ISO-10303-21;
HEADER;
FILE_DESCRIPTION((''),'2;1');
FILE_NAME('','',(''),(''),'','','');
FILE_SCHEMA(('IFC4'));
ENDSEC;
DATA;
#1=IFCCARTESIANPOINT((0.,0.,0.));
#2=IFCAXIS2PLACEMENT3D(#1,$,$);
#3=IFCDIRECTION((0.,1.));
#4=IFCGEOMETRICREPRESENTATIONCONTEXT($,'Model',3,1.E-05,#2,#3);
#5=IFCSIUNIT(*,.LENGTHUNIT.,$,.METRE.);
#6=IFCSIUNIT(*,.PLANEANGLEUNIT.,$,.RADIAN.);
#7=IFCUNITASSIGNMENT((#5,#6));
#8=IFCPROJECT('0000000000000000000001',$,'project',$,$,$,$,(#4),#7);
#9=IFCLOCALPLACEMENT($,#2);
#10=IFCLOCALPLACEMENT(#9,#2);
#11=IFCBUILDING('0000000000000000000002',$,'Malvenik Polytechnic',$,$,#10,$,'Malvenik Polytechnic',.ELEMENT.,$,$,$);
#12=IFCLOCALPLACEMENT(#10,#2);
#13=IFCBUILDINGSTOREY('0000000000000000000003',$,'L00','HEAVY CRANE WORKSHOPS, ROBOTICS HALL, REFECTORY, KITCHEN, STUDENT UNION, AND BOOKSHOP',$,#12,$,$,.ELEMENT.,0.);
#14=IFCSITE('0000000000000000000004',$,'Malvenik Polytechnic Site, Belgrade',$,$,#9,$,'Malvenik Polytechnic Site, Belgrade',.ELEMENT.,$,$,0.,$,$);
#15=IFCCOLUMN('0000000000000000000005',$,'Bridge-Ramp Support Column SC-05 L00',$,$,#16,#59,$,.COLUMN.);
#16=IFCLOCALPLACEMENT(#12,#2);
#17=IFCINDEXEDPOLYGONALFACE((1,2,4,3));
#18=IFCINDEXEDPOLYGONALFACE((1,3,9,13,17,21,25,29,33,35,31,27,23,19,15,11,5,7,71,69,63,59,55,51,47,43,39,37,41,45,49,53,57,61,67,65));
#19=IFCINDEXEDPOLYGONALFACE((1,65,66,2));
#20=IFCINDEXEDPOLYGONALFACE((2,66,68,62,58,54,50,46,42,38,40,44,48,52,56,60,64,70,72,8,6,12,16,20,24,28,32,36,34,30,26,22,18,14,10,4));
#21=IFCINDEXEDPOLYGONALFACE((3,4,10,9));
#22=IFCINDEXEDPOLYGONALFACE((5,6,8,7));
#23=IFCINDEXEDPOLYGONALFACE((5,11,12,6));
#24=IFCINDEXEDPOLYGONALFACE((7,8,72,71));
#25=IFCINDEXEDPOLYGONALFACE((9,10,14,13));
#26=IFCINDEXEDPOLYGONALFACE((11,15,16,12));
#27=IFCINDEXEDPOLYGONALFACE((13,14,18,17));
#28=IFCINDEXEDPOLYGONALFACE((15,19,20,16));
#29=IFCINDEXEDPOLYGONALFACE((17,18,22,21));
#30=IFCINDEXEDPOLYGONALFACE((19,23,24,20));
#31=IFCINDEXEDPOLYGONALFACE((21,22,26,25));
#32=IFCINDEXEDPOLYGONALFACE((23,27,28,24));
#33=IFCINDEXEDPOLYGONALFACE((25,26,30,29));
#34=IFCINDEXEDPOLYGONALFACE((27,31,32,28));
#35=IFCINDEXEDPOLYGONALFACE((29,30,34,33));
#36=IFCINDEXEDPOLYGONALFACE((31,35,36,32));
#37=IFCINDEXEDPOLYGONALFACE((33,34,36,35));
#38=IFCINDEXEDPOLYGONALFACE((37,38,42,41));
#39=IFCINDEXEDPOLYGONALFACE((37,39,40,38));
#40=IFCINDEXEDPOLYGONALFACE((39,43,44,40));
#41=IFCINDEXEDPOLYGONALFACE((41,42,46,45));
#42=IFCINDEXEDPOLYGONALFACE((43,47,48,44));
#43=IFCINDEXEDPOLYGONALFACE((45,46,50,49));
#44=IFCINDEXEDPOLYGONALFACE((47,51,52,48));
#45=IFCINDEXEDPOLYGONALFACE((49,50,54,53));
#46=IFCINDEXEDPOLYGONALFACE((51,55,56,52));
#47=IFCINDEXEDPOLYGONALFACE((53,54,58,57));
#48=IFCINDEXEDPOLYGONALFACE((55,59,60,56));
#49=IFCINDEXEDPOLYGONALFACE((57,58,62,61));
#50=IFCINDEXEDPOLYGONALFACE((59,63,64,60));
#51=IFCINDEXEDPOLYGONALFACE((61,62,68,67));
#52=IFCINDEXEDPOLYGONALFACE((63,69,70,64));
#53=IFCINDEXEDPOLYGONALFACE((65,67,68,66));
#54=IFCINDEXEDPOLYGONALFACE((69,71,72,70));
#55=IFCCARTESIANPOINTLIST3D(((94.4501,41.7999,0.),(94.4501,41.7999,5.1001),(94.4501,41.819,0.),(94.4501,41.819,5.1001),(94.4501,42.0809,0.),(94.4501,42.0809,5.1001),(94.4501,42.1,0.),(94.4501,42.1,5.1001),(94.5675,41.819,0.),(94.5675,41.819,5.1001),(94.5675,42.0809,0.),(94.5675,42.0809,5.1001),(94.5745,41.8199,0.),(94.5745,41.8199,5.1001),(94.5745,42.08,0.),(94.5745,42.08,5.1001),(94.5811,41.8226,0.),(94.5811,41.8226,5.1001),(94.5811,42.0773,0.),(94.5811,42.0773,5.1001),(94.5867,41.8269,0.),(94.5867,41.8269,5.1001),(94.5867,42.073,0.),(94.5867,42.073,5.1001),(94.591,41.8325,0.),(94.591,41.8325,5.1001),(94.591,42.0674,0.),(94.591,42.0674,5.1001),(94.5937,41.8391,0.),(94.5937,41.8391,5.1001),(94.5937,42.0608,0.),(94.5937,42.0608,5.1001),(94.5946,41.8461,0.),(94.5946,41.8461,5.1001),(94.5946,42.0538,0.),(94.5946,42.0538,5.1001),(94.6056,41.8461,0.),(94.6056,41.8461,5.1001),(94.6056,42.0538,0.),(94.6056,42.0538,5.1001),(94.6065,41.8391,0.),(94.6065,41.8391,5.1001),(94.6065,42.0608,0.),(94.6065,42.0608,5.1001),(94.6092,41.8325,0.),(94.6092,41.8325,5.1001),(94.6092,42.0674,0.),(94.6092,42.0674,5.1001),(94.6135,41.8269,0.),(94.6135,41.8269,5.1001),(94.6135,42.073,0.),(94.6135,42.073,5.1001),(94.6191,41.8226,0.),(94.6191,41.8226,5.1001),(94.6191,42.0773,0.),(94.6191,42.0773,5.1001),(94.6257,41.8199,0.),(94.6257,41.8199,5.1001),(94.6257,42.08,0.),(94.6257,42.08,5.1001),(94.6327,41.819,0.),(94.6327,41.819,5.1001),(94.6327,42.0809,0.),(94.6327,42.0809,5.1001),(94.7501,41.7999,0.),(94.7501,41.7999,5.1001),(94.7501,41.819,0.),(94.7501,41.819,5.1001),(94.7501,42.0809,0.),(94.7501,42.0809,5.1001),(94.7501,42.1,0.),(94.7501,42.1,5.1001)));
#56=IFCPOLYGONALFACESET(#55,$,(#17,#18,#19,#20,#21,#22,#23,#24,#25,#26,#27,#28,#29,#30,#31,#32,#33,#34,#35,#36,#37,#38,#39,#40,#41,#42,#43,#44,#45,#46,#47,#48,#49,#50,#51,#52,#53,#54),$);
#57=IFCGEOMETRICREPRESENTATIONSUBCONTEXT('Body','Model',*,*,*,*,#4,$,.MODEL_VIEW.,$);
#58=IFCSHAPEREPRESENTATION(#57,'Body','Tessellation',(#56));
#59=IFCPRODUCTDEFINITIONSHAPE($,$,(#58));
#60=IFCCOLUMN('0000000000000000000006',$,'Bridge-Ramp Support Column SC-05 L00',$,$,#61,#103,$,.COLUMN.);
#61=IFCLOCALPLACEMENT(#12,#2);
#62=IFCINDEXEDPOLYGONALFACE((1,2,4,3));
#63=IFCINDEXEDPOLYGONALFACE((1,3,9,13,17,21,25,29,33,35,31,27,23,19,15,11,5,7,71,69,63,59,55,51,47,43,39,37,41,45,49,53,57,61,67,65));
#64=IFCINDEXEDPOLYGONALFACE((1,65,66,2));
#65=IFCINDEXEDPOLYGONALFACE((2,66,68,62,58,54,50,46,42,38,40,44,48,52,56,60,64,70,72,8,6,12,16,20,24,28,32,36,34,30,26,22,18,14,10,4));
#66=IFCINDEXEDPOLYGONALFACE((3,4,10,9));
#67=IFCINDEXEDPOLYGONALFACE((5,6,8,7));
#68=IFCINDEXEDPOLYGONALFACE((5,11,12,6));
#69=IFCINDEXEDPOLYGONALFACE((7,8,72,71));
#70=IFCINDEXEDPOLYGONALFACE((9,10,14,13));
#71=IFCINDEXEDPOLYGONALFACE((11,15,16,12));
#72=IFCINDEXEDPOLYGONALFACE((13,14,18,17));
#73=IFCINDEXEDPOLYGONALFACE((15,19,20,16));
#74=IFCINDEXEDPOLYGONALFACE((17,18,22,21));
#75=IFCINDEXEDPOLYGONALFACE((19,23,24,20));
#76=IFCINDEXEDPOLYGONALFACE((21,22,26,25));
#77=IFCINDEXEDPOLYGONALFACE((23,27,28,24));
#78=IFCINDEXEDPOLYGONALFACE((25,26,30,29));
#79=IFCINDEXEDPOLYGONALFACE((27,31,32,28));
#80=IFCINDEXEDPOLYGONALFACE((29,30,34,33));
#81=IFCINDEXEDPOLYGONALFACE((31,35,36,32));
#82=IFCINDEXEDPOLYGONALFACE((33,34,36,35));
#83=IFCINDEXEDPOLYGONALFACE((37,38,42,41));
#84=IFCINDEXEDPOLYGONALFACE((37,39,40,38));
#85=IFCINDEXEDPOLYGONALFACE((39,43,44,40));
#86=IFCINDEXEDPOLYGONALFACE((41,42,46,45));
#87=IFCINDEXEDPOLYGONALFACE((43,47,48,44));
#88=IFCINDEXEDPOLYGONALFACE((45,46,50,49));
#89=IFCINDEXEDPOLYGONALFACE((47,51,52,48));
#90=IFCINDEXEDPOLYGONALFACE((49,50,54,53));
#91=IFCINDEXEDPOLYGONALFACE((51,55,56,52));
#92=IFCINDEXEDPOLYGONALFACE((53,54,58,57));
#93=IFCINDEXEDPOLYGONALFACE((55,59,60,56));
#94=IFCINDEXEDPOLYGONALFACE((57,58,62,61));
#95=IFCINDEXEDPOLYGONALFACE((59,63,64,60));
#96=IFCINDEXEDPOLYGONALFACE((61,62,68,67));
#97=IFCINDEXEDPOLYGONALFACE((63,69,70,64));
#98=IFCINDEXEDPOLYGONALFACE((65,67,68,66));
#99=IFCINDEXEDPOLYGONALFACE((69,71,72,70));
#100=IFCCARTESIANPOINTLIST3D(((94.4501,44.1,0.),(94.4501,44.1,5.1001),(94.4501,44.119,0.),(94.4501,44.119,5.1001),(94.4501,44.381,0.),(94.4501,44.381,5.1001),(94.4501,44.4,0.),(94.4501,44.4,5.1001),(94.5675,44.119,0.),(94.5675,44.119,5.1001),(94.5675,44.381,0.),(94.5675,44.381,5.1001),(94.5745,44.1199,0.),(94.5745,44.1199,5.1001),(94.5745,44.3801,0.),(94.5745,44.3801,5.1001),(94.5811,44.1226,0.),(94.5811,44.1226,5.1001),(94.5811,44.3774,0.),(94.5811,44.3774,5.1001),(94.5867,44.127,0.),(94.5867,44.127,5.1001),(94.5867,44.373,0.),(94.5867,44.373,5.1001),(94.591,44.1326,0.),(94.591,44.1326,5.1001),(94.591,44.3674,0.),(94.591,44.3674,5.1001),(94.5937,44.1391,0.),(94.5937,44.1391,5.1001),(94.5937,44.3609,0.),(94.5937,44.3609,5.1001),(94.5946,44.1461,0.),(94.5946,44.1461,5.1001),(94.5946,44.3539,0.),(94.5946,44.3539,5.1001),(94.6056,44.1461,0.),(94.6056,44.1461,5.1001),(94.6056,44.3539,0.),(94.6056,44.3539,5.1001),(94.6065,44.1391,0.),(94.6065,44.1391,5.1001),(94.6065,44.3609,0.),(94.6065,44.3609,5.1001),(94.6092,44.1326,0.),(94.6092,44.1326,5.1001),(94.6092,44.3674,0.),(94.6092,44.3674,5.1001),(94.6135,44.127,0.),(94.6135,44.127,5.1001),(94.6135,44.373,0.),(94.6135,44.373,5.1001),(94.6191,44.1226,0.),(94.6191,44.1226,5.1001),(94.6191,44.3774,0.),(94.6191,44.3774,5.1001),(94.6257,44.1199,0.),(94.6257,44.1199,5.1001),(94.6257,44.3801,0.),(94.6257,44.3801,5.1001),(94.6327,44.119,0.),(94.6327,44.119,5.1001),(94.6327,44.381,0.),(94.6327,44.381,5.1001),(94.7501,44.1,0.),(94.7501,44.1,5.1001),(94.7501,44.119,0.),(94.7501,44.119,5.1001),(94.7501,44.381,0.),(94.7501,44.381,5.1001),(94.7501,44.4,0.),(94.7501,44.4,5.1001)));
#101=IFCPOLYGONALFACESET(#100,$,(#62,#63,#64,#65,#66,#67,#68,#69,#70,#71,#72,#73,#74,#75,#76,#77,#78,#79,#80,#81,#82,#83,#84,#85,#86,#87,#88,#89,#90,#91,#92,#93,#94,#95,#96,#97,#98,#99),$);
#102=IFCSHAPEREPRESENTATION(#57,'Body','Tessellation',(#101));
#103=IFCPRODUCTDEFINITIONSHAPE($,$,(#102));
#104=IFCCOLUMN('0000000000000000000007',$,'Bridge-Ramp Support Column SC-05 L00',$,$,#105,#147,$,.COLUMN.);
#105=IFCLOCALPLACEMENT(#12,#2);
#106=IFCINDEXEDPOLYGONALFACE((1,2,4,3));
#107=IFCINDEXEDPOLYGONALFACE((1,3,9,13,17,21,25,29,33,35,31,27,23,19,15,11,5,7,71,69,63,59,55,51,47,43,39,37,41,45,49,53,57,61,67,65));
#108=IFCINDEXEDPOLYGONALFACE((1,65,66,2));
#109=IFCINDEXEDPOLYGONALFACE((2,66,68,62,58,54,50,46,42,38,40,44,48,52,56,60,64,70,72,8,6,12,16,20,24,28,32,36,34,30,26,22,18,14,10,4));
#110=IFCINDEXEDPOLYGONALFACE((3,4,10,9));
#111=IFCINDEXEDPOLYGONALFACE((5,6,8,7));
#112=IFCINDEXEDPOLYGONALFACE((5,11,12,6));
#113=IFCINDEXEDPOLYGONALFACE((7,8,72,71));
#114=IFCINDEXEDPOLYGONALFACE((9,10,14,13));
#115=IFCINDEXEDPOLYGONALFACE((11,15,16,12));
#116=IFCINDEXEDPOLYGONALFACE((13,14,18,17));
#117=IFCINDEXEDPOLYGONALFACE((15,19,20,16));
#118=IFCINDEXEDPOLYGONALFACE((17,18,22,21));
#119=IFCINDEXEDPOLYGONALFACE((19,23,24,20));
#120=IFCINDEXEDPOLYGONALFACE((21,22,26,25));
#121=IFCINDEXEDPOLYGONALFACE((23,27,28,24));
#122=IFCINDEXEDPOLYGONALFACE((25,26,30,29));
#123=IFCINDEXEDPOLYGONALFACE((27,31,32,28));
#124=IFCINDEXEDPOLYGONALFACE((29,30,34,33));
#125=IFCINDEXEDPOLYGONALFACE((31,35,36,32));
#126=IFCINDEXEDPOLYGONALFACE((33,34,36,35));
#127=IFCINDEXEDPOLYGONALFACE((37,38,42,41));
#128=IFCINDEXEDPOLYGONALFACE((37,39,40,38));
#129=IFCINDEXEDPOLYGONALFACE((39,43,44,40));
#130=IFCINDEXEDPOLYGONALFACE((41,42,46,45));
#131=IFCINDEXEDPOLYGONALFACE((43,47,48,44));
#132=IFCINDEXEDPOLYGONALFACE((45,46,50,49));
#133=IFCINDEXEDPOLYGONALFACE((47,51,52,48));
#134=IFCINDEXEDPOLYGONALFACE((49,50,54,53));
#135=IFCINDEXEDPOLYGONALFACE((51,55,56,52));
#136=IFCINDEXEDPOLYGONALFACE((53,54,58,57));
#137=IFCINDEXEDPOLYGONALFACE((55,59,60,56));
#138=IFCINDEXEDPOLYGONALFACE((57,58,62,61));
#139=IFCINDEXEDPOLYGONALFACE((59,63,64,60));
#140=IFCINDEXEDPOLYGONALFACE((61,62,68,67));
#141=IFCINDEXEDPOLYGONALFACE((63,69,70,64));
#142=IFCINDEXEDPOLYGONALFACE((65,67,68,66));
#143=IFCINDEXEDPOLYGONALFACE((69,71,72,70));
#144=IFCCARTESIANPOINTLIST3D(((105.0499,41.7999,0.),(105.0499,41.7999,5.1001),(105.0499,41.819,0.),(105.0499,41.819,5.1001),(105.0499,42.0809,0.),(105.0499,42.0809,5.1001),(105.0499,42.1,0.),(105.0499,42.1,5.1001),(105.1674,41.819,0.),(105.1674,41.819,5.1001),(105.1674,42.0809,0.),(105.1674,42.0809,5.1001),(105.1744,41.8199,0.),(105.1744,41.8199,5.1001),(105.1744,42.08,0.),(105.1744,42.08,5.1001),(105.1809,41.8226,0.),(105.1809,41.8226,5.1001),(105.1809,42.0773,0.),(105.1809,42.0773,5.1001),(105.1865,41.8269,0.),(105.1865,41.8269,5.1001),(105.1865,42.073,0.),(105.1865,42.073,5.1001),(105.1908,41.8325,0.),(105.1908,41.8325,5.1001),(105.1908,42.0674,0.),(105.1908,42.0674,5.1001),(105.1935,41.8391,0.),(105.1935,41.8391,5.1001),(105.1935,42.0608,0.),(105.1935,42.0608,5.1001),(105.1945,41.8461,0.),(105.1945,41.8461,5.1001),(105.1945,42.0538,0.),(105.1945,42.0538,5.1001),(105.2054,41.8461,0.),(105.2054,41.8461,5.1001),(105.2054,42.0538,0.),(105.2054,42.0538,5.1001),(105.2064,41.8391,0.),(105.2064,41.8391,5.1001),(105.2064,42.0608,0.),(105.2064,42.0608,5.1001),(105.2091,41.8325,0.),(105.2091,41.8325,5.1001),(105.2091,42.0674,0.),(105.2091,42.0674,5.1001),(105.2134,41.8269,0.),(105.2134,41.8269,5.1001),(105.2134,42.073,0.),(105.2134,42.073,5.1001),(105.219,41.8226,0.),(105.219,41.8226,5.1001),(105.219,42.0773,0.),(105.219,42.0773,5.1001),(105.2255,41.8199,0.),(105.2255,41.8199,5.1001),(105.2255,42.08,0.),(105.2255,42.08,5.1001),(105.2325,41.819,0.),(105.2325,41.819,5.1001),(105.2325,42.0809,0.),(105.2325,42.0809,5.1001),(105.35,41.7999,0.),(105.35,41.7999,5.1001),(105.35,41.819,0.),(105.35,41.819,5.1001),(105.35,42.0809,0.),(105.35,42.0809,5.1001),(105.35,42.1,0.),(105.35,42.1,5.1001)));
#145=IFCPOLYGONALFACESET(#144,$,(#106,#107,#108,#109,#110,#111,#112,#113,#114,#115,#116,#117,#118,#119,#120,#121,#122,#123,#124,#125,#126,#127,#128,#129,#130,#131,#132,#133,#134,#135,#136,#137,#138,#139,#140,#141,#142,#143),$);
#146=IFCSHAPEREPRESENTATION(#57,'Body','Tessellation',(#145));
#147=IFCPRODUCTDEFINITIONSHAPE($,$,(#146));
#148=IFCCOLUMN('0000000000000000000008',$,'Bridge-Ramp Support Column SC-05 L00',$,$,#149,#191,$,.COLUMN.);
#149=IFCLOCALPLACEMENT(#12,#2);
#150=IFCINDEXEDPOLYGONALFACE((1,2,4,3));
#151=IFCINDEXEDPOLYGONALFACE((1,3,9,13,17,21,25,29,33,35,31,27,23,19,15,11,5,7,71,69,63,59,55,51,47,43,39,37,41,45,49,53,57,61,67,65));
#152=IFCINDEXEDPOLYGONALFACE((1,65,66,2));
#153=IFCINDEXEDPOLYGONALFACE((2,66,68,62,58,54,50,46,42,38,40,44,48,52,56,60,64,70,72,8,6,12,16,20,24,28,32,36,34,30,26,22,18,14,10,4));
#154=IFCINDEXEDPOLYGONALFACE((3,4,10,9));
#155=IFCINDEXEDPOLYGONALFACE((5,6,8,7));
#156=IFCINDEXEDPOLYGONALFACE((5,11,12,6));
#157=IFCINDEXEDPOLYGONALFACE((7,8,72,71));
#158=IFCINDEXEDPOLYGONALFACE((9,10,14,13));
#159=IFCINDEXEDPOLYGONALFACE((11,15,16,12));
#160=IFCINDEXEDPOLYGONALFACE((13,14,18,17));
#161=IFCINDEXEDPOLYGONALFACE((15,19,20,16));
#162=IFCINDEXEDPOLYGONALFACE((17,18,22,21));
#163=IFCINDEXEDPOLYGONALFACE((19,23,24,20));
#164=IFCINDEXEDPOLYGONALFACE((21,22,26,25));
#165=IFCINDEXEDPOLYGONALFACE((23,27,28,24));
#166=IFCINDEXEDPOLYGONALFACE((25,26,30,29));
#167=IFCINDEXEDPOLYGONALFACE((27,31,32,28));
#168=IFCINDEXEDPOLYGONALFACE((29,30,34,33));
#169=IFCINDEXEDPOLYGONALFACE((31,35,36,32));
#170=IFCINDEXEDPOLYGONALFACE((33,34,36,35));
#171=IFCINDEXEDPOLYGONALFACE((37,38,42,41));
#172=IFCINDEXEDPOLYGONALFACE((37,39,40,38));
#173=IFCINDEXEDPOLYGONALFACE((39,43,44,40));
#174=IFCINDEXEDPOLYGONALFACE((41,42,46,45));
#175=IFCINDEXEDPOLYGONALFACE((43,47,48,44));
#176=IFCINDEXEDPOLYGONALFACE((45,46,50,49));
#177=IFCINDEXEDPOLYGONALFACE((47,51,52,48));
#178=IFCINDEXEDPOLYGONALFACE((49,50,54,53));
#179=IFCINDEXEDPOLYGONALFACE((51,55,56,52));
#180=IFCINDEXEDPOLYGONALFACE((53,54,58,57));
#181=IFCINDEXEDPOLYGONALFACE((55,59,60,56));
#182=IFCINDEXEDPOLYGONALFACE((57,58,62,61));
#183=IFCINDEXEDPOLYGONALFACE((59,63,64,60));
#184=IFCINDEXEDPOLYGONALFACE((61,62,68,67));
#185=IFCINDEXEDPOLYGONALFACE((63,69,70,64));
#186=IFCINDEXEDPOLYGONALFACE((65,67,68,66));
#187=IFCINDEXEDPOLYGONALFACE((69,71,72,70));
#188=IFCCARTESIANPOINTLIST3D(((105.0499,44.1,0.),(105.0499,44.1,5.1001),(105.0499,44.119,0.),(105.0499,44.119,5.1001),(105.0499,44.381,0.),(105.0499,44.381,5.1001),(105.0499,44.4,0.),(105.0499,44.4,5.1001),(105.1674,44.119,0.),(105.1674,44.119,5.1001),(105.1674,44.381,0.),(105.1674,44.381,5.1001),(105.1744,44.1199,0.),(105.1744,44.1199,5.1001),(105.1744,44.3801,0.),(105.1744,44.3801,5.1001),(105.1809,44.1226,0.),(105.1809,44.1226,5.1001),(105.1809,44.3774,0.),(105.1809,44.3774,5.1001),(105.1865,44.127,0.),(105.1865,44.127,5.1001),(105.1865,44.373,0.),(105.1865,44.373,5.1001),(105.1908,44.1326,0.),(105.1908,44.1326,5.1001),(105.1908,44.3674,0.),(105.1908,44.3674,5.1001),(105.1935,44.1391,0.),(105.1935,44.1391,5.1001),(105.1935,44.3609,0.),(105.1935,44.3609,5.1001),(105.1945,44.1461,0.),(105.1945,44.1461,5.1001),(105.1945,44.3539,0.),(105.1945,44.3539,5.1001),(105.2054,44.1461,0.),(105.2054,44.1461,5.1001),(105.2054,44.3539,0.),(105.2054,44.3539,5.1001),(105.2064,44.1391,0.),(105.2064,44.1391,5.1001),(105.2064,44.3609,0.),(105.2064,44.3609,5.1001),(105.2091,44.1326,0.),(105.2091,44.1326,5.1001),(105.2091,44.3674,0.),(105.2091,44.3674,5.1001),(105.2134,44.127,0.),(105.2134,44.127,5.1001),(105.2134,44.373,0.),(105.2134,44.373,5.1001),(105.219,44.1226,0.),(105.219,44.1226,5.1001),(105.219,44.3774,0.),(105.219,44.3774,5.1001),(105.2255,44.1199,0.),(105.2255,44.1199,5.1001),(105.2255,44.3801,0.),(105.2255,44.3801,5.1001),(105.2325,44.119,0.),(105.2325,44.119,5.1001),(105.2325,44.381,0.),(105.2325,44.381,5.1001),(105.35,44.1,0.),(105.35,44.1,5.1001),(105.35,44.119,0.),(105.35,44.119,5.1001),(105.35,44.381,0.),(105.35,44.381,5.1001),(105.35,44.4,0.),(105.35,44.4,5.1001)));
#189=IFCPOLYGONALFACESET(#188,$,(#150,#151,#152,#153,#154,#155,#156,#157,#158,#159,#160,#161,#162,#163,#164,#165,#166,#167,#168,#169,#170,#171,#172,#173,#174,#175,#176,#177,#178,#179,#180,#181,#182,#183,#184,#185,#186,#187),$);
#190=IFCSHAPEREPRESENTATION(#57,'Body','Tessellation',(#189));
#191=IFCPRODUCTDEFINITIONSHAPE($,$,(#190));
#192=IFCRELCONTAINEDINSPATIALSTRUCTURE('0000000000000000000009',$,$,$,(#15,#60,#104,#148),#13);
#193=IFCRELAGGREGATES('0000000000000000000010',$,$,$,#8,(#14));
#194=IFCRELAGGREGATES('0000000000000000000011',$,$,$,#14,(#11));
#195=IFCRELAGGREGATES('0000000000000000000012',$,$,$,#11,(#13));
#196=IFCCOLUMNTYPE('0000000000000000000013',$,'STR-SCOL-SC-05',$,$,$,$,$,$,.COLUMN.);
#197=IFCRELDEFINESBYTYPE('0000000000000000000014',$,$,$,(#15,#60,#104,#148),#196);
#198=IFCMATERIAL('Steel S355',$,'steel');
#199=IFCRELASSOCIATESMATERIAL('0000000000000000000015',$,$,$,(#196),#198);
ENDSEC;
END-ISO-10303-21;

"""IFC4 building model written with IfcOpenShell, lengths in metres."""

from ifc_helpers import new_model, si_unit, direction, frame, origin, origin_2d, place, context, subcontext, project, spatial, i_section, extrude, material, material_profile, profile_set, type_object, element, save


model = new_model("IFC4")

# Units and contexts
model_context = context("Model", 3, precision=1e-05, world=origin(), true_north=direction((0.0, 1.0)))
body_context = subcontext(model_context, "Body", "Model", "MODEL_VIEW")
ifc_project = project(units=[si_unit("LENGTHUNIT", "METRE"), si_unit("PLANEANGLEUNIT", "RADIAN")], contexts=[model_context])

# Site, building, storey
site_placement = place(None, origin())
site = spatial("IfcSite", under=ifc_project, at=site_placement, Name="Malvenik Polytechnic Site, Belgrade", LongName="Malvenik Polytechnic Site, Belgrade", CompositionType="ELEMENT", RefElevation=0.0)
building_placement = place(site_placement, origin())
building = spatial("IfcBuilding", under=site, at=building_placement, Name="Malvenik Polytechnic", LongName="Malvenik Polytechnic", CompositionType="ELEMENT")
storey_placement = place(building_placement, origin())
storey = spatial("IfcBuildingStorey", under=building, at=storey_placement, Name="L00", Description="HEAVY CRANE WORKSHOPS, ROBOTICS HALL, REFECTORY, KITCHEN, STUDENT UNION, AND BOOKSHOP", CompositionType="ELEMENT", Elevation=0.0)

# Columns
ifc_material_1 = material(Name="Steel S355", Category="steel")
ifc_material_profile_1 = material_profile(ifc_material_1, i_section(OverallWidth=0.3, OverallDepth=0.3, WebThickness=0.011, FlangeThickness=0.019, FilletRadius=0.0271, at=origin_2d()), Name="HEB 300")
ifc_profile_set_1 = profile_set([ifc_material_profile_1], Name="Steel S355")
column_type_1 = type_object("IfcColumnType", Name="STR-SCOL-SC-05", PredefinedType="COLUMN", material=ifc_profile_set_1)
for number, where, z_axis, x_axis, name in (
    (1, (94.6001, 41.95, 0.0), (0.0, 0.0, 1.0), (1.0, 0.0, 0.0), "Bridge-Ramp Support Column SC-05 L00"),
    (2, (94.6001, 44.25, 0.0), (0.0, 0.0, 1.0), (1.0, 0.0, 0.0), "Bridge-Ramp Support Column SC-05 L00"),
    (3, (105.2, 41.95, 0.0), (0.0, 0.0, 1.0), (1.0, 0.0, 0.0), "Bridge-Ramp Support Column SC-05 L00"),
    (4, (105.2, 44.25, 0.0), (0.0, 0.0, 1.0), (1.0, 0.0, 0.0), "Bridge-Ramp Support Column SC-05 L00"),
):
    element("IfcColumn", number, at=place(storey_placement, frame(where, z_axis=z_axis, x_axis=x_axis)), inside=storey, type_object=column_type_1, Name=name, PredefinedType="COLUMN", context=body_context, shape_type="SweptSolid", body=[
        extrude(i_section(OverallWidth=0.3, OverallDepth=0.3, WebThickness=0.011, FlangeThickness=0.019, FilletRadius=0.0271, at=origin_2d()), origin(), (0.0, 0.0, 1.0), 5.1001),
    ])

save(model, "model.ifc")
